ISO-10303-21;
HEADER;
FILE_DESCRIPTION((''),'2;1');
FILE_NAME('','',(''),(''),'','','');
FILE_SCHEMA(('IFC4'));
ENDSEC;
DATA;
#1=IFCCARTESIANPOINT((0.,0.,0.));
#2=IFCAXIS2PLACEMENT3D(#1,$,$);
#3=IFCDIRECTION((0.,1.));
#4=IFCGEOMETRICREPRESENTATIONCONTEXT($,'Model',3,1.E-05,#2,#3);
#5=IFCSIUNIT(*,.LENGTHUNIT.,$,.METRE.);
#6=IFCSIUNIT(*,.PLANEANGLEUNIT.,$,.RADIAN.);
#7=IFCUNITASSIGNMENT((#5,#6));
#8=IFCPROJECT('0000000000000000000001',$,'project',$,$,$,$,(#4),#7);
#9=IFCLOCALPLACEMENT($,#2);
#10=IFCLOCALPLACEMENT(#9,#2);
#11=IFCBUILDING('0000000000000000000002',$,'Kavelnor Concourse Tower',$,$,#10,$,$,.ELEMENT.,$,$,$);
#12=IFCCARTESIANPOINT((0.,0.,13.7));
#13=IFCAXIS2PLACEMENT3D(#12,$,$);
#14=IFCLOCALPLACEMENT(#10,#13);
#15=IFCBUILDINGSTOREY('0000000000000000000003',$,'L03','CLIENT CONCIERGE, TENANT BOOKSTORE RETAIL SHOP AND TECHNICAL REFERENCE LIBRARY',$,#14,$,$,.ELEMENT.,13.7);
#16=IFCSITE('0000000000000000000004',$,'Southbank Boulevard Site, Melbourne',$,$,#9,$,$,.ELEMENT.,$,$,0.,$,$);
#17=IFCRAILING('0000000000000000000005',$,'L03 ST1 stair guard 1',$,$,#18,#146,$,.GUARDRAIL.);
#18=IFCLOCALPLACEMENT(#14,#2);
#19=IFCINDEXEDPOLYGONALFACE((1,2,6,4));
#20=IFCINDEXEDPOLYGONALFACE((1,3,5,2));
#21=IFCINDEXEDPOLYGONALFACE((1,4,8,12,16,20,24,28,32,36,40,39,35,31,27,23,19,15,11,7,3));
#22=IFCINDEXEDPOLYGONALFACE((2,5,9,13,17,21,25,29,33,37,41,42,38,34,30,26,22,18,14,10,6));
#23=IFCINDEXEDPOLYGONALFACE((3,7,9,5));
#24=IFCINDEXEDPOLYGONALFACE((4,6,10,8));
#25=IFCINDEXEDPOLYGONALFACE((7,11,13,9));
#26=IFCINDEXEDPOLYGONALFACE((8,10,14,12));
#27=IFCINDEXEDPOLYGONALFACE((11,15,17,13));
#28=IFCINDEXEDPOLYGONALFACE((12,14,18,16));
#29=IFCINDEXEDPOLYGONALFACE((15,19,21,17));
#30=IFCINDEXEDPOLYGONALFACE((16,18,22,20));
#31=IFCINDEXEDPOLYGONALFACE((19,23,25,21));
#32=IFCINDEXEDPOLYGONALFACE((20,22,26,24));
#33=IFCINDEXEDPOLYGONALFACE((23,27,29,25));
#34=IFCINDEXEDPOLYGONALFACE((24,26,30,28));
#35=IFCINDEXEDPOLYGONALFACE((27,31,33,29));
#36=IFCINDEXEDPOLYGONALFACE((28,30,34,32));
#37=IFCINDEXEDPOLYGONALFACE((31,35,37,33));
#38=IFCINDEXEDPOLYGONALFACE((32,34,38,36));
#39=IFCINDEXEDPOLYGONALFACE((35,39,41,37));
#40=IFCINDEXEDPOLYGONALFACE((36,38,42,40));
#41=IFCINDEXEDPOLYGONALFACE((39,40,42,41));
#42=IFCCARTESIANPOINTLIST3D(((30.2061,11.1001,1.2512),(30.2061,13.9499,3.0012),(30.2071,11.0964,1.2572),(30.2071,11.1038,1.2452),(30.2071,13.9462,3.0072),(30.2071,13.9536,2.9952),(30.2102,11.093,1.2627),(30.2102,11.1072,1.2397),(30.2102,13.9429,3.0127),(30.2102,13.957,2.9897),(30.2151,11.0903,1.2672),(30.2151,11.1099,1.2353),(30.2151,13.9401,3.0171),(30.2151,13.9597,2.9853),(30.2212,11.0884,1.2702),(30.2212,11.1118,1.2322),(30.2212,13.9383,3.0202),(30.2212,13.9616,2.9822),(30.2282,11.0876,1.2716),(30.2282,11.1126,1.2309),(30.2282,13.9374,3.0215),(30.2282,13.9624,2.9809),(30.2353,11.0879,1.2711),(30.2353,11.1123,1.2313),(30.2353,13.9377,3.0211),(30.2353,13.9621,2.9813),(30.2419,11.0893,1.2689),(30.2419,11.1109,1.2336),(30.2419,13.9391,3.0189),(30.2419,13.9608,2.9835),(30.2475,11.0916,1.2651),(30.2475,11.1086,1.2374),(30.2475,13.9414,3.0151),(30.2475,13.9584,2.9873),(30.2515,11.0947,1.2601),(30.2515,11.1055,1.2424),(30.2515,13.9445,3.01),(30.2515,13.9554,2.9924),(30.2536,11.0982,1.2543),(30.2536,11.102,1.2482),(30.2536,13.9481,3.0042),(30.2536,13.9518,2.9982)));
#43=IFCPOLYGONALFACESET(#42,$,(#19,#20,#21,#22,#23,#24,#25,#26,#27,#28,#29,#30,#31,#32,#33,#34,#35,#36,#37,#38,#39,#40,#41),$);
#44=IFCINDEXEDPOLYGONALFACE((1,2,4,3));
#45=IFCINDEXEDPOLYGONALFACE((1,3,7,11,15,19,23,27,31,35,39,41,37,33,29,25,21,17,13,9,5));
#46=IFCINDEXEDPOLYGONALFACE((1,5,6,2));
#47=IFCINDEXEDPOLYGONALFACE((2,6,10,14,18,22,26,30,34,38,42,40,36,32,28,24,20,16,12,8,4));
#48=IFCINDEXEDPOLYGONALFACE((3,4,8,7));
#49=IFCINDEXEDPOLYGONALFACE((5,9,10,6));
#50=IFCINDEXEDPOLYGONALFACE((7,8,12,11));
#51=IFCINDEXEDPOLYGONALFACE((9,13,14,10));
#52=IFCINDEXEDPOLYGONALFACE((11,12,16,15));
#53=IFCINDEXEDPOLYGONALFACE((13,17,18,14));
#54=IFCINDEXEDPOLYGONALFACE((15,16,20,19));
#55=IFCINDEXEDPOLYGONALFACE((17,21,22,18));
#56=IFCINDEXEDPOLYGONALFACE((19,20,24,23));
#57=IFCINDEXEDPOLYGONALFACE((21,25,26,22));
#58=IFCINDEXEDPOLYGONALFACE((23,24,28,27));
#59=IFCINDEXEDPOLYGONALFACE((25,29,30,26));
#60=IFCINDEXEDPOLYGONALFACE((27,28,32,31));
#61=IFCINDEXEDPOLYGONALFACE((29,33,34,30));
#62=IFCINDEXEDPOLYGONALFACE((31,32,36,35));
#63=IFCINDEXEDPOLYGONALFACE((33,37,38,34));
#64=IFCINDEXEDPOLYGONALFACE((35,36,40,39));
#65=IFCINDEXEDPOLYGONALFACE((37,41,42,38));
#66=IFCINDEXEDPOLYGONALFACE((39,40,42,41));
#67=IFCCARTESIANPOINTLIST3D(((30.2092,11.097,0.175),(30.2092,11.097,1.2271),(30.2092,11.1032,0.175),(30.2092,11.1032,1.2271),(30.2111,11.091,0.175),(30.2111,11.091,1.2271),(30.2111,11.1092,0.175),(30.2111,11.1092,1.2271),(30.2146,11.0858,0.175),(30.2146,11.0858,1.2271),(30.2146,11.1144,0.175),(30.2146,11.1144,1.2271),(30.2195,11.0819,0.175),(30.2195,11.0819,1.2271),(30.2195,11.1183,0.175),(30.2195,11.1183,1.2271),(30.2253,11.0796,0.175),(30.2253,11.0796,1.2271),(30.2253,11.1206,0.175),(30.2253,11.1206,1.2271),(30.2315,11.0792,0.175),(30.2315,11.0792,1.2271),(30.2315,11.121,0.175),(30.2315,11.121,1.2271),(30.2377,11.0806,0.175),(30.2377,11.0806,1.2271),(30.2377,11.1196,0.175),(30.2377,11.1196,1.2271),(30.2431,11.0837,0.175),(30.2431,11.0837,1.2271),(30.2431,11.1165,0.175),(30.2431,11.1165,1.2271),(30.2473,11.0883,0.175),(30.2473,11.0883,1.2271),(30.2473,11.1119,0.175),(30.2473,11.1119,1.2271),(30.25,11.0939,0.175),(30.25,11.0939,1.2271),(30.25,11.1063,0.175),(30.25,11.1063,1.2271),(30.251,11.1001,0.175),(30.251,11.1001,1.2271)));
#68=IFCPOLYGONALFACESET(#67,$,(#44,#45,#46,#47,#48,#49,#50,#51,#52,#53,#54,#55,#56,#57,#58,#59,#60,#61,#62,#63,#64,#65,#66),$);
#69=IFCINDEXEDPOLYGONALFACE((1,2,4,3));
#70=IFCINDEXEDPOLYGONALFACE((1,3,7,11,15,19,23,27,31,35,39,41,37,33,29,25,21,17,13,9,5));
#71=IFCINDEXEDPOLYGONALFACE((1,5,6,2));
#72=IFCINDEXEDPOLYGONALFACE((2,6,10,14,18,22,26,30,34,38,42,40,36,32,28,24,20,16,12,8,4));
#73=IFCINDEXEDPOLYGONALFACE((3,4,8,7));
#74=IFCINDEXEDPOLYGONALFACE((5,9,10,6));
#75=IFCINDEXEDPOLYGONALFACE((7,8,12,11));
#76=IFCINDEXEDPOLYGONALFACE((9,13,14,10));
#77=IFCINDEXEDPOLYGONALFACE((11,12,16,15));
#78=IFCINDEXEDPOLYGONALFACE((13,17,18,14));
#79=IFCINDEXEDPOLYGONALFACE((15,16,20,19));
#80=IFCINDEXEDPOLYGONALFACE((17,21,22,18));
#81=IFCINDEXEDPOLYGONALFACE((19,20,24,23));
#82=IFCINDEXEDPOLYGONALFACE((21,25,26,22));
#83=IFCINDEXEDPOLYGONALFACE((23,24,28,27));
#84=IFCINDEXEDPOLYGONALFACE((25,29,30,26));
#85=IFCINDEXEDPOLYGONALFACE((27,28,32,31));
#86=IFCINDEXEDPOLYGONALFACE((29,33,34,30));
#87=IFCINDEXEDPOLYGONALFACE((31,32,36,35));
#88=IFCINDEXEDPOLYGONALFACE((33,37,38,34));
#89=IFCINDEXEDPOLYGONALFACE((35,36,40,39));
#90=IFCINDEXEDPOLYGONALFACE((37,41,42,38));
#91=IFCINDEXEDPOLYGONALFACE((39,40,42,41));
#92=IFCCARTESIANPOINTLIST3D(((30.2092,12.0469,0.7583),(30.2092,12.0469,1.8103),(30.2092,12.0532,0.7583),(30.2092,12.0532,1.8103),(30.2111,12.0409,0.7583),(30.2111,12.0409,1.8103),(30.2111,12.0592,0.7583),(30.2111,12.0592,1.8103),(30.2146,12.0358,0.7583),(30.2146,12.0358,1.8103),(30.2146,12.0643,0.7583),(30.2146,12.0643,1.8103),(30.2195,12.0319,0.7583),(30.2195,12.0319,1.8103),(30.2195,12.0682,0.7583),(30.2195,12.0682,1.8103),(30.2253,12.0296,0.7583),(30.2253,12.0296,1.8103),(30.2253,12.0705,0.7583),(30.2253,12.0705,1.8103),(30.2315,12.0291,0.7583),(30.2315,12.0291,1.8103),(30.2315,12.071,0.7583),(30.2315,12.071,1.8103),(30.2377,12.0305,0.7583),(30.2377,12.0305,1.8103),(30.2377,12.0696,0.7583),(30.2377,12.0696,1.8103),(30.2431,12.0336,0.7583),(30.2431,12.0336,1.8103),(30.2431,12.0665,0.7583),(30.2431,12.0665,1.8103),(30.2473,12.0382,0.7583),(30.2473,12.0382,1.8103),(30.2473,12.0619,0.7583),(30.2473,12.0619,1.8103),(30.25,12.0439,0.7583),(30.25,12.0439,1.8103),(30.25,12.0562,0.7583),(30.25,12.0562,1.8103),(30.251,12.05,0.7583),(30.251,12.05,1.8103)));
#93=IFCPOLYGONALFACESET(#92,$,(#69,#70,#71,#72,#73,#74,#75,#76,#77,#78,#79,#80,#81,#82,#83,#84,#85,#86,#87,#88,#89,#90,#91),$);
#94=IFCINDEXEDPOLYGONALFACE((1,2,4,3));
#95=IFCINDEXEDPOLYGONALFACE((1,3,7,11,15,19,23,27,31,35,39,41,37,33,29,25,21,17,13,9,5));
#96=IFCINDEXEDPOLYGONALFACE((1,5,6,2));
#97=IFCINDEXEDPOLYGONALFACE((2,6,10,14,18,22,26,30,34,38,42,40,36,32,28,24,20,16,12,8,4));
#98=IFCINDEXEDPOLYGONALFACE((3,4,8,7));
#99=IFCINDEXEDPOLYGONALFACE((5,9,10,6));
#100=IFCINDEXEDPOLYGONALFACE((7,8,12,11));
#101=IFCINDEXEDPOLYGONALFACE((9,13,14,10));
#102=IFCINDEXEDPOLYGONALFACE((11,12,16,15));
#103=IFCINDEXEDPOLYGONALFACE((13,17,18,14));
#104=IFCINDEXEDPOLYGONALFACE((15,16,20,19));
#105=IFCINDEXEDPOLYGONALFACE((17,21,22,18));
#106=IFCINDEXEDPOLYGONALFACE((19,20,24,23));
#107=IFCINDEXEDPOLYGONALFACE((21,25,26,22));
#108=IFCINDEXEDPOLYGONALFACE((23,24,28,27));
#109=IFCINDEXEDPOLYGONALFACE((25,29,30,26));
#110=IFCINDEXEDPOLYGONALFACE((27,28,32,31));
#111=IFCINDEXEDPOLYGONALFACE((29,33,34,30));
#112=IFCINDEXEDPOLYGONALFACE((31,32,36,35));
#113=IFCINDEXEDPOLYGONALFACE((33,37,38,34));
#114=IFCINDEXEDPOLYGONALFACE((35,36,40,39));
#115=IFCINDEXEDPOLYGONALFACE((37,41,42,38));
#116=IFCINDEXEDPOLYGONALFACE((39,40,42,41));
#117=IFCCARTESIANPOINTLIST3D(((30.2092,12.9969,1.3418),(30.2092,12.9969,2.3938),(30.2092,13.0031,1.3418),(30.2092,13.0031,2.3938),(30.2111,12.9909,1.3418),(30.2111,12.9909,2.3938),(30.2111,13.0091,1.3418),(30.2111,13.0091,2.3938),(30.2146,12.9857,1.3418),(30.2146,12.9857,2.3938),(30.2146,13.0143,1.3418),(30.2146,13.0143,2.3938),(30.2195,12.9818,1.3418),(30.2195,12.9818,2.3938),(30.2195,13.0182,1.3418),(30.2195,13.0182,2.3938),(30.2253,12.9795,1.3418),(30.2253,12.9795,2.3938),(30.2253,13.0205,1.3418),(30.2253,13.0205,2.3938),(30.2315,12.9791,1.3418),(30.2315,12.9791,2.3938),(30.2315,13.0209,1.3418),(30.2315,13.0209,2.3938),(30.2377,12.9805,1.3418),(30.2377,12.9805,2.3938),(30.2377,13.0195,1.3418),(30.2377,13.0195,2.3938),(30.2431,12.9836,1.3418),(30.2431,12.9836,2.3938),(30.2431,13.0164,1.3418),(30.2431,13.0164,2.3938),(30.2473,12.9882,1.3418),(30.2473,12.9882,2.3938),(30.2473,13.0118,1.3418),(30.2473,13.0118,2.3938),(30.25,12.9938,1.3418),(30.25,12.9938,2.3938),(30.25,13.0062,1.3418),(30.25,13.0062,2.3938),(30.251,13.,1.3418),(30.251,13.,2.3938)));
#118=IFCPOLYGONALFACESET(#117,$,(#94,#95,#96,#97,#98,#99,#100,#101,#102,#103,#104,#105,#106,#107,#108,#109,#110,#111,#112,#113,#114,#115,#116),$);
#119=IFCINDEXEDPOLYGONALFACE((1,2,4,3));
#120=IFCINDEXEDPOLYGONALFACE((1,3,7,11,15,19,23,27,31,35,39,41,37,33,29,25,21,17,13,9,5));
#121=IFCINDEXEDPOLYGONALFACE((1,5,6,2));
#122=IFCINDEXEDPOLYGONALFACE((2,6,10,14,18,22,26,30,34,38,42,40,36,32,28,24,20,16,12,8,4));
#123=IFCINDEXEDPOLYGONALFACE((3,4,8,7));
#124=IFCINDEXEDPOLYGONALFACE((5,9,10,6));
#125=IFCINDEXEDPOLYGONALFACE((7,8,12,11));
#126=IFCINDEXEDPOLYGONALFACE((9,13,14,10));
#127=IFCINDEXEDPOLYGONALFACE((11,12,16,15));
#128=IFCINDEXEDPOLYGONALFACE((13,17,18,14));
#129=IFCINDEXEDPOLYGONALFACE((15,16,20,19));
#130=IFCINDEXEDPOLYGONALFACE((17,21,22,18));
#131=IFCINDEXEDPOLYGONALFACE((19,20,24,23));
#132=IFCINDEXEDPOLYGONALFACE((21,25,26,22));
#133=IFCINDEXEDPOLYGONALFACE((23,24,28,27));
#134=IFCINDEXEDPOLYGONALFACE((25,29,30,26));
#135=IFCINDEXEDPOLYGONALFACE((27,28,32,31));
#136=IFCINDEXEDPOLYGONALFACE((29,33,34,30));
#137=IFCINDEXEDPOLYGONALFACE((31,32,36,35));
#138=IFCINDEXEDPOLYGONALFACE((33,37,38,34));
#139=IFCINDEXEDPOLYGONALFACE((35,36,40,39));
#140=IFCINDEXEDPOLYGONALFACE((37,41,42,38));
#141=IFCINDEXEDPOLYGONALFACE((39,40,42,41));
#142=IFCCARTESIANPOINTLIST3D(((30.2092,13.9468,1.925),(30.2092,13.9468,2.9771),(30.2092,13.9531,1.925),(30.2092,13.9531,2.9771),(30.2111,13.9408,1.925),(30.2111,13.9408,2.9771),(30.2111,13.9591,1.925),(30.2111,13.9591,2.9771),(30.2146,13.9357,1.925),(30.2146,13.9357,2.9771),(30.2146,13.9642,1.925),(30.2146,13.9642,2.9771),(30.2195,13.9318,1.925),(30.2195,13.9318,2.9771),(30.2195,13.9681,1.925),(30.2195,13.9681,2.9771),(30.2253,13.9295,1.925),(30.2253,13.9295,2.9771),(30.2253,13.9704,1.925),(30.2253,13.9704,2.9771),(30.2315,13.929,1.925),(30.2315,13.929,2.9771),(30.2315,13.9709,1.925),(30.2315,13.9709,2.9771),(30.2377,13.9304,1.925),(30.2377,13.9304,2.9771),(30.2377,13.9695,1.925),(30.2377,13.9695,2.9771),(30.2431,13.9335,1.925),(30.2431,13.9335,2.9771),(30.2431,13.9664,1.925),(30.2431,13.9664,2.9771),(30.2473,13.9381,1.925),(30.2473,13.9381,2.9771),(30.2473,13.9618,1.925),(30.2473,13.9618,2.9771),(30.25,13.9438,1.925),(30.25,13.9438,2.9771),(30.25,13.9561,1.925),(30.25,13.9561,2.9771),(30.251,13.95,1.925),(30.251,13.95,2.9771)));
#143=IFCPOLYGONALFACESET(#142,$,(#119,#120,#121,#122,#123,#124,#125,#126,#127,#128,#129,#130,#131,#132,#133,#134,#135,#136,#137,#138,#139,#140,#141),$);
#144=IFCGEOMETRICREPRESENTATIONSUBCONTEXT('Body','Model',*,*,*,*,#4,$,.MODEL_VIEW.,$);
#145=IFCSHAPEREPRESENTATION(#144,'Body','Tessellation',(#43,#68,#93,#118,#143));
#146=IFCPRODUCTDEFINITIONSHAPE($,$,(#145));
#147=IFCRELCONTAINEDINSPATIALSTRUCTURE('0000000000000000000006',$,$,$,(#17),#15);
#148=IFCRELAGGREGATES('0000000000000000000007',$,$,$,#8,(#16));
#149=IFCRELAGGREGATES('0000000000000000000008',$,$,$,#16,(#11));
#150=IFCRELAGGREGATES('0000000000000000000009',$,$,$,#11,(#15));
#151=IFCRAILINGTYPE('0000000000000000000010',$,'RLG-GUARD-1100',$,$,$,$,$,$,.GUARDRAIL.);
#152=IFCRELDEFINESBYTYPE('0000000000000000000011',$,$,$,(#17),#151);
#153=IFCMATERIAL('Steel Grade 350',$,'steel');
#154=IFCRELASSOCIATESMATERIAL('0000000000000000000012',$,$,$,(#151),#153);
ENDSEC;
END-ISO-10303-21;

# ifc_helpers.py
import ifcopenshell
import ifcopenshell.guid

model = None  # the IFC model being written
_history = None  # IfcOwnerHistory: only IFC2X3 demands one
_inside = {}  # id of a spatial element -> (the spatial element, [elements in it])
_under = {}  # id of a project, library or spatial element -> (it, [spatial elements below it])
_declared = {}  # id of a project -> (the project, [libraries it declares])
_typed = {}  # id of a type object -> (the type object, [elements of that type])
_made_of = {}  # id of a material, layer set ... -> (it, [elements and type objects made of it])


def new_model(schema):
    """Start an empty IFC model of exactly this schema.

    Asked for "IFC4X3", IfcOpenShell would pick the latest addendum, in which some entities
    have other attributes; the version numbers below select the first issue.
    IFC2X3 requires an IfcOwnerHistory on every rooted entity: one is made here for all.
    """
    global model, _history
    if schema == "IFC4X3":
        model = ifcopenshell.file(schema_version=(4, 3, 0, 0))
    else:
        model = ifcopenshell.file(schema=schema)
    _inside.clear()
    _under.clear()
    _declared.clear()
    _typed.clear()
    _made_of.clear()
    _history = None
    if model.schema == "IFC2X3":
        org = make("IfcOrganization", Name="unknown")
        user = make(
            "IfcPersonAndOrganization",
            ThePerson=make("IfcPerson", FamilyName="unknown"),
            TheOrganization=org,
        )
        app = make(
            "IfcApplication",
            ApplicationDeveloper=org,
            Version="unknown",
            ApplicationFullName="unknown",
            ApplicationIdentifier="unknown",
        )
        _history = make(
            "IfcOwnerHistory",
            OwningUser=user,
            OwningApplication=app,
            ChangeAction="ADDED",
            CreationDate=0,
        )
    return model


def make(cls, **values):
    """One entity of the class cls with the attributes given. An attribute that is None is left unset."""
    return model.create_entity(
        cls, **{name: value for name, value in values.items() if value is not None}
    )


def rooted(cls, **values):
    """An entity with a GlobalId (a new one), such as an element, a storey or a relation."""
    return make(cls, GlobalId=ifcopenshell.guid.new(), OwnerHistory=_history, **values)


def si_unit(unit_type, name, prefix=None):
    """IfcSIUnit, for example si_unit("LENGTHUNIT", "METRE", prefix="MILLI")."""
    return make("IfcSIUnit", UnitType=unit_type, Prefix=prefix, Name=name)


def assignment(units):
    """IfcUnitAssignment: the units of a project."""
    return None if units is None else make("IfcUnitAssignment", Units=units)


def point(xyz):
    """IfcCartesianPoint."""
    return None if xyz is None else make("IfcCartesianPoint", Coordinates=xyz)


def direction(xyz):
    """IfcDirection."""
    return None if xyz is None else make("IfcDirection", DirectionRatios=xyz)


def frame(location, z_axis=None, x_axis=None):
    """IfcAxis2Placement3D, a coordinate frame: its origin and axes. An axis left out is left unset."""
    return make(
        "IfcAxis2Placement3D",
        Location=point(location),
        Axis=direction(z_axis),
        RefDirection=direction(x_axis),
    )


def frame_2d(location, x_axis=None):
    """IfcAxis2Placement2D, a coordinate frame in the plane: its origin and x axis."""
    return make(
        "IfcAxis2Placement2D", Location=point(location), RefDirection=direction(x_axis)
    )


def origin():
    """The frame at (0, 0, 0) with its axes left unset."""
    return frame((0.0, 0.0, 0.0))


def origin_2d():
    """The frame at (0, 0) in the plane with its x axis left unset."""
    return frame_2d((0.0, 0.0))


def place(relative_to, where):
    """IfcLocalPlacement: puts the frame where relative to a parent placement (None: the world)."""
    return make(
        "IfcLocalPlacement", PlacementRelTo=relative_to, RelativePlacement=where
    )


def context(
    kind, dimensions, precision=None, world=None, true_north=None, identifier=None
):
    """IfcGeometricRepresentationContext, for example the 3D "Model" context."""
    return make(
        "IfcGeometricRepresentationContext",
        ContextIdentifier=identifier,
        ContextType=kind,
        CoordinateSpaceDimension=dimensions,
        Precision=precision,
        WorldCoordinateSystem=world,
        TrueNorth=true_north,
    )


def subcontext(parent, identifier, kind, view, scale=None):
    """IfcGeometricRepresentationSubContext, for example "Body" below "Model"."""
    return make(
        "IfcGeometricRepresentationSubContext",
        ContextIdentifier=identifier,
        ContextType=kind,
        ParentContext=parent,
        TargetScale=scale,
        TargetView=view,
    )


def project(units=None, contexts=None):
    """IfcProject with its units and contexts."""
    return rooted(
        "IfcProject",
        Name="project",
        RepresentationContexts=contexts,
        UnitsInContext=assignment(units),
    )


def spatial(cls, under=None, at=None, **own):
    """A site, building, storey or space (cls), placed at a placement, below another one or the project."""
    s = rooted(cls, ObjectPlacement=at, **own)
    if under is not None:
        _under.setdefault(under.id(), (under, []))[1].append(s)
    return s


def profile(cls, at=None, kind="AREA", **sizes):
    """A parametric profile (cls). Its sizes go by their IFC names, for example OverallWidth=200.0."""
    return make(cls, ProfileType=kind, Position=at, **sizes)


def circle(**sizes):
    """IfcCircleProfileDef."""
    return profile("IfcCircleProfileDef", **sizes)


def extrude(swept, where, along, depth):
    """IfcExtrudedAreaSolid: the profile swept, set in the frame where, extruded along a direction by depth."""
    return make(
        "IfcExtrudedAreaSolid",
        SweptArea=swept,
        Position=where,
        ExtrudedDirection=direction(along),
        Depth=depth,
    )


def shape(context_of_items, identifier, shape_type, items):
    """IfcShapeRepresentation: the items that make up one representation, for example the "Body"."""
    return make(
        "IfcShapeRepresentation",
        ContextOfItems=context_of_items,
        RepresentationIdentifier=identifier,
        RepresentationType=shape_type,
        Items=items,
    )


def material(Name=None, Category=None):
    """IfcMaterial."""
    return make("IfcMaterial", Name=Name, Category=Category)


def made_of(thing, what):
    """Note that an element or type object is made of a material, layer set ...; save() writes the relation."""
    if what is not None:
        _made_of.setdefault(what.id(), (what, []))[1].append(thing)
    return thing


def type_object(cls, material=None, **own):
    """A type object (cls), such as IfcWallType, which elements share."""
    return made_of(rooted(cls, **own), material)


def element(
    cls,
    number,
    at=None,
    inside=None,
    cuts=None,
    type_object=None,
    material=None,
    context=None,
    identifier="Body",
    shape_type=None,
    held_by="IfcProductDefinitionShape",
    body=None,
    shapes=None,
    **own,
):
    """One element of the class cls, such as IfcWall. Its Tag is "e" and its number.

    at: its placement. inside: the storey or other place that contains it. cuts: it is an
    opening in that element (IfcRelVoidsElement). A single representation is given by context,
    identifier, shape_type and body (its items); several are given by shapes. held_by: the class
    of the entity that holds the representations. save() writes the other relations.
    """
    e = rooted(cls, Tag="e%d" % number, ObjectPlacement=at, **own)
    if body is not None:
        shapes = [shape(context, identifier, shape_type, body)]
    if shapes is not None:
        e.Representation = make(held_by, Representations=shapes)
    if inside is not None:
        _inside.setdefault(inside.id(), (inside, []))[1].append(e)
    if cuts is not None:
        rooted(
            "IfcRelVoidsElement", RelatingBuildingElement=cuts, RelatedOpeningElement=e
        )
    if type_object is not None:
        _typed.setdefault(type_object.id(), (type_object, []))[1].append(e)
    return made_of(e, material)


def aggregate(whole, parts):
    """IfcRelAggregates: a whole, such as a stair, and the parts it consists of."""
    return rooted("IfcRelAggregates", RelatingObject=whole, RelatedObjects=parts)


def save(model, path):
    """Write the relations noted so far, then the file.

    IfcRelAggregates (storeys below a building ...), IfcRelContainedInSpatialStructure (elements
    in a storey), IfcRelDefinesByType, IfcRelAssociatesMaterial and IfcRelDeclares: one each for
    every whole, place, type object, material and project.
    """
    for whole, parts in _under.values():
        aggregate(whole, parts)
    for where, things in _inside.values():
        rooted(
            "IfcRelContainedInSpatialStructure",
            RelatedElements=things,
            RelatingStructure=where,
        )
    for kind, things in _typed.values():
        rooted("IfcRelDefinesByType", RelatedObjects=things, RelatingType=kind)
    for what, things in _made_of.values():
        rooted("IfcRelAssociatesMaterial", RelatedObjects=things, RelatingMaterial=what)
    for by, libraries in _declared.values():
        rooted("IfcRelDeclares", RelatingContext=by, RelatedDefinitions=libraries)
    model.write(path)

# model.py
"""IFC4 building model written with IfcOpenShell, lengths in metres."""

from ifc_helpers import new_model, si_unit, direction, frame, origin, origin_2d, place, context, subcontext, project, spatial, circle, extrude, material, type_object, element, save


model = new_model("IFC4")

# Units and contexts
model_context = context("Model", 3, precision=1e-05, world=origin(), true_north=direction((0.0, 1.0)))
body_context = subcontext(model_context, "Body", "Model", "MODEL_VIEW")
ifc_project = project(units=[si_unit("LENGTHUNIT", "METRE"), si_unit("PLANEANGLEUNIT", "RADIAN")], contexts=[model_context])

# Site, building, storey
site_placement = place(None, origin())
site = spatial("IfcSite", under=ifc_project, at=site_placement, Name="Southbank Boulevard Site, Melbourne", CompositionType="ELEMENT", RefElevation=0.0)
building_placement = place(site_placement, origin())
building = spatial("IfcBuilding", under=site, at=building_placement, Name="Kavelnor Concourse Tower", CompositionType="ELEMENT")
storey_placement = place(building_placement, frame((0.0, 0.0, 13.7)))
storey = spatial("IfcBuildingStorey", under=building, at=storey_placement, Name="L03", Description="CLIENT CONCIERGE, TENANT BOOKSTORE RETAIL SHOP AND TECHNICAL REFERENCE LIBRARY", CompositionType="ELEMENT", Elevation=13.7)

# Shared definitions
ifc_material_1 = material(Name="Steel Grade 350", Category="steel")

# Railing
railing_type_1 = type_object("IfcRailingType", Name="RLG-GUARD-1100", PredefinedType="GUARDRAIL", material=ifc_material_1)
railing_1_placement = place(storey_placement, frame((30.23, 11.1001, 0.175)))
element("IfcRailing", 1, at=railing_1_placement, inside=storey, type_object=railing_type_1, Name="L03 ST1 stair guard 1", PredefinedType="GUARDRAIL", context=body_context, shape_type="SweptSolid", body=[
    extrude(circle(Radius=0.0239, at=origin_2d()), frame((0.0, 0.0, 1.0762), z_axis=(0.0, 0.852159, 0.523283), x_axis=(-1.0, 0.0, 0.0)), (0.0, 0.0, 1.0), 3.3442),
    extrude(circle(Radius=0.021, at=origin_2d()), origin(), (0.0, 0.0, 1.0), 1.052),
    extrude(circle(Radius=0.021, at=origin_2d()), frame((0.0, 0.95, 0.5833)), (0.0, 0.0, 1.0), 1.052),
    extrude(circle(Radius=0.021, at=origin_2d()), frame((0.0, 1.8999, 1.1667)), (0.0, 0.0, 1.0), 1.052),
    extrude(circle(Radius=0.021, at=origin_2d()), frame((0.0, 2.8499, 1.75)), (0.0, 0.0, 1.0), 1.052),
])

save(model, "model.ifc")
